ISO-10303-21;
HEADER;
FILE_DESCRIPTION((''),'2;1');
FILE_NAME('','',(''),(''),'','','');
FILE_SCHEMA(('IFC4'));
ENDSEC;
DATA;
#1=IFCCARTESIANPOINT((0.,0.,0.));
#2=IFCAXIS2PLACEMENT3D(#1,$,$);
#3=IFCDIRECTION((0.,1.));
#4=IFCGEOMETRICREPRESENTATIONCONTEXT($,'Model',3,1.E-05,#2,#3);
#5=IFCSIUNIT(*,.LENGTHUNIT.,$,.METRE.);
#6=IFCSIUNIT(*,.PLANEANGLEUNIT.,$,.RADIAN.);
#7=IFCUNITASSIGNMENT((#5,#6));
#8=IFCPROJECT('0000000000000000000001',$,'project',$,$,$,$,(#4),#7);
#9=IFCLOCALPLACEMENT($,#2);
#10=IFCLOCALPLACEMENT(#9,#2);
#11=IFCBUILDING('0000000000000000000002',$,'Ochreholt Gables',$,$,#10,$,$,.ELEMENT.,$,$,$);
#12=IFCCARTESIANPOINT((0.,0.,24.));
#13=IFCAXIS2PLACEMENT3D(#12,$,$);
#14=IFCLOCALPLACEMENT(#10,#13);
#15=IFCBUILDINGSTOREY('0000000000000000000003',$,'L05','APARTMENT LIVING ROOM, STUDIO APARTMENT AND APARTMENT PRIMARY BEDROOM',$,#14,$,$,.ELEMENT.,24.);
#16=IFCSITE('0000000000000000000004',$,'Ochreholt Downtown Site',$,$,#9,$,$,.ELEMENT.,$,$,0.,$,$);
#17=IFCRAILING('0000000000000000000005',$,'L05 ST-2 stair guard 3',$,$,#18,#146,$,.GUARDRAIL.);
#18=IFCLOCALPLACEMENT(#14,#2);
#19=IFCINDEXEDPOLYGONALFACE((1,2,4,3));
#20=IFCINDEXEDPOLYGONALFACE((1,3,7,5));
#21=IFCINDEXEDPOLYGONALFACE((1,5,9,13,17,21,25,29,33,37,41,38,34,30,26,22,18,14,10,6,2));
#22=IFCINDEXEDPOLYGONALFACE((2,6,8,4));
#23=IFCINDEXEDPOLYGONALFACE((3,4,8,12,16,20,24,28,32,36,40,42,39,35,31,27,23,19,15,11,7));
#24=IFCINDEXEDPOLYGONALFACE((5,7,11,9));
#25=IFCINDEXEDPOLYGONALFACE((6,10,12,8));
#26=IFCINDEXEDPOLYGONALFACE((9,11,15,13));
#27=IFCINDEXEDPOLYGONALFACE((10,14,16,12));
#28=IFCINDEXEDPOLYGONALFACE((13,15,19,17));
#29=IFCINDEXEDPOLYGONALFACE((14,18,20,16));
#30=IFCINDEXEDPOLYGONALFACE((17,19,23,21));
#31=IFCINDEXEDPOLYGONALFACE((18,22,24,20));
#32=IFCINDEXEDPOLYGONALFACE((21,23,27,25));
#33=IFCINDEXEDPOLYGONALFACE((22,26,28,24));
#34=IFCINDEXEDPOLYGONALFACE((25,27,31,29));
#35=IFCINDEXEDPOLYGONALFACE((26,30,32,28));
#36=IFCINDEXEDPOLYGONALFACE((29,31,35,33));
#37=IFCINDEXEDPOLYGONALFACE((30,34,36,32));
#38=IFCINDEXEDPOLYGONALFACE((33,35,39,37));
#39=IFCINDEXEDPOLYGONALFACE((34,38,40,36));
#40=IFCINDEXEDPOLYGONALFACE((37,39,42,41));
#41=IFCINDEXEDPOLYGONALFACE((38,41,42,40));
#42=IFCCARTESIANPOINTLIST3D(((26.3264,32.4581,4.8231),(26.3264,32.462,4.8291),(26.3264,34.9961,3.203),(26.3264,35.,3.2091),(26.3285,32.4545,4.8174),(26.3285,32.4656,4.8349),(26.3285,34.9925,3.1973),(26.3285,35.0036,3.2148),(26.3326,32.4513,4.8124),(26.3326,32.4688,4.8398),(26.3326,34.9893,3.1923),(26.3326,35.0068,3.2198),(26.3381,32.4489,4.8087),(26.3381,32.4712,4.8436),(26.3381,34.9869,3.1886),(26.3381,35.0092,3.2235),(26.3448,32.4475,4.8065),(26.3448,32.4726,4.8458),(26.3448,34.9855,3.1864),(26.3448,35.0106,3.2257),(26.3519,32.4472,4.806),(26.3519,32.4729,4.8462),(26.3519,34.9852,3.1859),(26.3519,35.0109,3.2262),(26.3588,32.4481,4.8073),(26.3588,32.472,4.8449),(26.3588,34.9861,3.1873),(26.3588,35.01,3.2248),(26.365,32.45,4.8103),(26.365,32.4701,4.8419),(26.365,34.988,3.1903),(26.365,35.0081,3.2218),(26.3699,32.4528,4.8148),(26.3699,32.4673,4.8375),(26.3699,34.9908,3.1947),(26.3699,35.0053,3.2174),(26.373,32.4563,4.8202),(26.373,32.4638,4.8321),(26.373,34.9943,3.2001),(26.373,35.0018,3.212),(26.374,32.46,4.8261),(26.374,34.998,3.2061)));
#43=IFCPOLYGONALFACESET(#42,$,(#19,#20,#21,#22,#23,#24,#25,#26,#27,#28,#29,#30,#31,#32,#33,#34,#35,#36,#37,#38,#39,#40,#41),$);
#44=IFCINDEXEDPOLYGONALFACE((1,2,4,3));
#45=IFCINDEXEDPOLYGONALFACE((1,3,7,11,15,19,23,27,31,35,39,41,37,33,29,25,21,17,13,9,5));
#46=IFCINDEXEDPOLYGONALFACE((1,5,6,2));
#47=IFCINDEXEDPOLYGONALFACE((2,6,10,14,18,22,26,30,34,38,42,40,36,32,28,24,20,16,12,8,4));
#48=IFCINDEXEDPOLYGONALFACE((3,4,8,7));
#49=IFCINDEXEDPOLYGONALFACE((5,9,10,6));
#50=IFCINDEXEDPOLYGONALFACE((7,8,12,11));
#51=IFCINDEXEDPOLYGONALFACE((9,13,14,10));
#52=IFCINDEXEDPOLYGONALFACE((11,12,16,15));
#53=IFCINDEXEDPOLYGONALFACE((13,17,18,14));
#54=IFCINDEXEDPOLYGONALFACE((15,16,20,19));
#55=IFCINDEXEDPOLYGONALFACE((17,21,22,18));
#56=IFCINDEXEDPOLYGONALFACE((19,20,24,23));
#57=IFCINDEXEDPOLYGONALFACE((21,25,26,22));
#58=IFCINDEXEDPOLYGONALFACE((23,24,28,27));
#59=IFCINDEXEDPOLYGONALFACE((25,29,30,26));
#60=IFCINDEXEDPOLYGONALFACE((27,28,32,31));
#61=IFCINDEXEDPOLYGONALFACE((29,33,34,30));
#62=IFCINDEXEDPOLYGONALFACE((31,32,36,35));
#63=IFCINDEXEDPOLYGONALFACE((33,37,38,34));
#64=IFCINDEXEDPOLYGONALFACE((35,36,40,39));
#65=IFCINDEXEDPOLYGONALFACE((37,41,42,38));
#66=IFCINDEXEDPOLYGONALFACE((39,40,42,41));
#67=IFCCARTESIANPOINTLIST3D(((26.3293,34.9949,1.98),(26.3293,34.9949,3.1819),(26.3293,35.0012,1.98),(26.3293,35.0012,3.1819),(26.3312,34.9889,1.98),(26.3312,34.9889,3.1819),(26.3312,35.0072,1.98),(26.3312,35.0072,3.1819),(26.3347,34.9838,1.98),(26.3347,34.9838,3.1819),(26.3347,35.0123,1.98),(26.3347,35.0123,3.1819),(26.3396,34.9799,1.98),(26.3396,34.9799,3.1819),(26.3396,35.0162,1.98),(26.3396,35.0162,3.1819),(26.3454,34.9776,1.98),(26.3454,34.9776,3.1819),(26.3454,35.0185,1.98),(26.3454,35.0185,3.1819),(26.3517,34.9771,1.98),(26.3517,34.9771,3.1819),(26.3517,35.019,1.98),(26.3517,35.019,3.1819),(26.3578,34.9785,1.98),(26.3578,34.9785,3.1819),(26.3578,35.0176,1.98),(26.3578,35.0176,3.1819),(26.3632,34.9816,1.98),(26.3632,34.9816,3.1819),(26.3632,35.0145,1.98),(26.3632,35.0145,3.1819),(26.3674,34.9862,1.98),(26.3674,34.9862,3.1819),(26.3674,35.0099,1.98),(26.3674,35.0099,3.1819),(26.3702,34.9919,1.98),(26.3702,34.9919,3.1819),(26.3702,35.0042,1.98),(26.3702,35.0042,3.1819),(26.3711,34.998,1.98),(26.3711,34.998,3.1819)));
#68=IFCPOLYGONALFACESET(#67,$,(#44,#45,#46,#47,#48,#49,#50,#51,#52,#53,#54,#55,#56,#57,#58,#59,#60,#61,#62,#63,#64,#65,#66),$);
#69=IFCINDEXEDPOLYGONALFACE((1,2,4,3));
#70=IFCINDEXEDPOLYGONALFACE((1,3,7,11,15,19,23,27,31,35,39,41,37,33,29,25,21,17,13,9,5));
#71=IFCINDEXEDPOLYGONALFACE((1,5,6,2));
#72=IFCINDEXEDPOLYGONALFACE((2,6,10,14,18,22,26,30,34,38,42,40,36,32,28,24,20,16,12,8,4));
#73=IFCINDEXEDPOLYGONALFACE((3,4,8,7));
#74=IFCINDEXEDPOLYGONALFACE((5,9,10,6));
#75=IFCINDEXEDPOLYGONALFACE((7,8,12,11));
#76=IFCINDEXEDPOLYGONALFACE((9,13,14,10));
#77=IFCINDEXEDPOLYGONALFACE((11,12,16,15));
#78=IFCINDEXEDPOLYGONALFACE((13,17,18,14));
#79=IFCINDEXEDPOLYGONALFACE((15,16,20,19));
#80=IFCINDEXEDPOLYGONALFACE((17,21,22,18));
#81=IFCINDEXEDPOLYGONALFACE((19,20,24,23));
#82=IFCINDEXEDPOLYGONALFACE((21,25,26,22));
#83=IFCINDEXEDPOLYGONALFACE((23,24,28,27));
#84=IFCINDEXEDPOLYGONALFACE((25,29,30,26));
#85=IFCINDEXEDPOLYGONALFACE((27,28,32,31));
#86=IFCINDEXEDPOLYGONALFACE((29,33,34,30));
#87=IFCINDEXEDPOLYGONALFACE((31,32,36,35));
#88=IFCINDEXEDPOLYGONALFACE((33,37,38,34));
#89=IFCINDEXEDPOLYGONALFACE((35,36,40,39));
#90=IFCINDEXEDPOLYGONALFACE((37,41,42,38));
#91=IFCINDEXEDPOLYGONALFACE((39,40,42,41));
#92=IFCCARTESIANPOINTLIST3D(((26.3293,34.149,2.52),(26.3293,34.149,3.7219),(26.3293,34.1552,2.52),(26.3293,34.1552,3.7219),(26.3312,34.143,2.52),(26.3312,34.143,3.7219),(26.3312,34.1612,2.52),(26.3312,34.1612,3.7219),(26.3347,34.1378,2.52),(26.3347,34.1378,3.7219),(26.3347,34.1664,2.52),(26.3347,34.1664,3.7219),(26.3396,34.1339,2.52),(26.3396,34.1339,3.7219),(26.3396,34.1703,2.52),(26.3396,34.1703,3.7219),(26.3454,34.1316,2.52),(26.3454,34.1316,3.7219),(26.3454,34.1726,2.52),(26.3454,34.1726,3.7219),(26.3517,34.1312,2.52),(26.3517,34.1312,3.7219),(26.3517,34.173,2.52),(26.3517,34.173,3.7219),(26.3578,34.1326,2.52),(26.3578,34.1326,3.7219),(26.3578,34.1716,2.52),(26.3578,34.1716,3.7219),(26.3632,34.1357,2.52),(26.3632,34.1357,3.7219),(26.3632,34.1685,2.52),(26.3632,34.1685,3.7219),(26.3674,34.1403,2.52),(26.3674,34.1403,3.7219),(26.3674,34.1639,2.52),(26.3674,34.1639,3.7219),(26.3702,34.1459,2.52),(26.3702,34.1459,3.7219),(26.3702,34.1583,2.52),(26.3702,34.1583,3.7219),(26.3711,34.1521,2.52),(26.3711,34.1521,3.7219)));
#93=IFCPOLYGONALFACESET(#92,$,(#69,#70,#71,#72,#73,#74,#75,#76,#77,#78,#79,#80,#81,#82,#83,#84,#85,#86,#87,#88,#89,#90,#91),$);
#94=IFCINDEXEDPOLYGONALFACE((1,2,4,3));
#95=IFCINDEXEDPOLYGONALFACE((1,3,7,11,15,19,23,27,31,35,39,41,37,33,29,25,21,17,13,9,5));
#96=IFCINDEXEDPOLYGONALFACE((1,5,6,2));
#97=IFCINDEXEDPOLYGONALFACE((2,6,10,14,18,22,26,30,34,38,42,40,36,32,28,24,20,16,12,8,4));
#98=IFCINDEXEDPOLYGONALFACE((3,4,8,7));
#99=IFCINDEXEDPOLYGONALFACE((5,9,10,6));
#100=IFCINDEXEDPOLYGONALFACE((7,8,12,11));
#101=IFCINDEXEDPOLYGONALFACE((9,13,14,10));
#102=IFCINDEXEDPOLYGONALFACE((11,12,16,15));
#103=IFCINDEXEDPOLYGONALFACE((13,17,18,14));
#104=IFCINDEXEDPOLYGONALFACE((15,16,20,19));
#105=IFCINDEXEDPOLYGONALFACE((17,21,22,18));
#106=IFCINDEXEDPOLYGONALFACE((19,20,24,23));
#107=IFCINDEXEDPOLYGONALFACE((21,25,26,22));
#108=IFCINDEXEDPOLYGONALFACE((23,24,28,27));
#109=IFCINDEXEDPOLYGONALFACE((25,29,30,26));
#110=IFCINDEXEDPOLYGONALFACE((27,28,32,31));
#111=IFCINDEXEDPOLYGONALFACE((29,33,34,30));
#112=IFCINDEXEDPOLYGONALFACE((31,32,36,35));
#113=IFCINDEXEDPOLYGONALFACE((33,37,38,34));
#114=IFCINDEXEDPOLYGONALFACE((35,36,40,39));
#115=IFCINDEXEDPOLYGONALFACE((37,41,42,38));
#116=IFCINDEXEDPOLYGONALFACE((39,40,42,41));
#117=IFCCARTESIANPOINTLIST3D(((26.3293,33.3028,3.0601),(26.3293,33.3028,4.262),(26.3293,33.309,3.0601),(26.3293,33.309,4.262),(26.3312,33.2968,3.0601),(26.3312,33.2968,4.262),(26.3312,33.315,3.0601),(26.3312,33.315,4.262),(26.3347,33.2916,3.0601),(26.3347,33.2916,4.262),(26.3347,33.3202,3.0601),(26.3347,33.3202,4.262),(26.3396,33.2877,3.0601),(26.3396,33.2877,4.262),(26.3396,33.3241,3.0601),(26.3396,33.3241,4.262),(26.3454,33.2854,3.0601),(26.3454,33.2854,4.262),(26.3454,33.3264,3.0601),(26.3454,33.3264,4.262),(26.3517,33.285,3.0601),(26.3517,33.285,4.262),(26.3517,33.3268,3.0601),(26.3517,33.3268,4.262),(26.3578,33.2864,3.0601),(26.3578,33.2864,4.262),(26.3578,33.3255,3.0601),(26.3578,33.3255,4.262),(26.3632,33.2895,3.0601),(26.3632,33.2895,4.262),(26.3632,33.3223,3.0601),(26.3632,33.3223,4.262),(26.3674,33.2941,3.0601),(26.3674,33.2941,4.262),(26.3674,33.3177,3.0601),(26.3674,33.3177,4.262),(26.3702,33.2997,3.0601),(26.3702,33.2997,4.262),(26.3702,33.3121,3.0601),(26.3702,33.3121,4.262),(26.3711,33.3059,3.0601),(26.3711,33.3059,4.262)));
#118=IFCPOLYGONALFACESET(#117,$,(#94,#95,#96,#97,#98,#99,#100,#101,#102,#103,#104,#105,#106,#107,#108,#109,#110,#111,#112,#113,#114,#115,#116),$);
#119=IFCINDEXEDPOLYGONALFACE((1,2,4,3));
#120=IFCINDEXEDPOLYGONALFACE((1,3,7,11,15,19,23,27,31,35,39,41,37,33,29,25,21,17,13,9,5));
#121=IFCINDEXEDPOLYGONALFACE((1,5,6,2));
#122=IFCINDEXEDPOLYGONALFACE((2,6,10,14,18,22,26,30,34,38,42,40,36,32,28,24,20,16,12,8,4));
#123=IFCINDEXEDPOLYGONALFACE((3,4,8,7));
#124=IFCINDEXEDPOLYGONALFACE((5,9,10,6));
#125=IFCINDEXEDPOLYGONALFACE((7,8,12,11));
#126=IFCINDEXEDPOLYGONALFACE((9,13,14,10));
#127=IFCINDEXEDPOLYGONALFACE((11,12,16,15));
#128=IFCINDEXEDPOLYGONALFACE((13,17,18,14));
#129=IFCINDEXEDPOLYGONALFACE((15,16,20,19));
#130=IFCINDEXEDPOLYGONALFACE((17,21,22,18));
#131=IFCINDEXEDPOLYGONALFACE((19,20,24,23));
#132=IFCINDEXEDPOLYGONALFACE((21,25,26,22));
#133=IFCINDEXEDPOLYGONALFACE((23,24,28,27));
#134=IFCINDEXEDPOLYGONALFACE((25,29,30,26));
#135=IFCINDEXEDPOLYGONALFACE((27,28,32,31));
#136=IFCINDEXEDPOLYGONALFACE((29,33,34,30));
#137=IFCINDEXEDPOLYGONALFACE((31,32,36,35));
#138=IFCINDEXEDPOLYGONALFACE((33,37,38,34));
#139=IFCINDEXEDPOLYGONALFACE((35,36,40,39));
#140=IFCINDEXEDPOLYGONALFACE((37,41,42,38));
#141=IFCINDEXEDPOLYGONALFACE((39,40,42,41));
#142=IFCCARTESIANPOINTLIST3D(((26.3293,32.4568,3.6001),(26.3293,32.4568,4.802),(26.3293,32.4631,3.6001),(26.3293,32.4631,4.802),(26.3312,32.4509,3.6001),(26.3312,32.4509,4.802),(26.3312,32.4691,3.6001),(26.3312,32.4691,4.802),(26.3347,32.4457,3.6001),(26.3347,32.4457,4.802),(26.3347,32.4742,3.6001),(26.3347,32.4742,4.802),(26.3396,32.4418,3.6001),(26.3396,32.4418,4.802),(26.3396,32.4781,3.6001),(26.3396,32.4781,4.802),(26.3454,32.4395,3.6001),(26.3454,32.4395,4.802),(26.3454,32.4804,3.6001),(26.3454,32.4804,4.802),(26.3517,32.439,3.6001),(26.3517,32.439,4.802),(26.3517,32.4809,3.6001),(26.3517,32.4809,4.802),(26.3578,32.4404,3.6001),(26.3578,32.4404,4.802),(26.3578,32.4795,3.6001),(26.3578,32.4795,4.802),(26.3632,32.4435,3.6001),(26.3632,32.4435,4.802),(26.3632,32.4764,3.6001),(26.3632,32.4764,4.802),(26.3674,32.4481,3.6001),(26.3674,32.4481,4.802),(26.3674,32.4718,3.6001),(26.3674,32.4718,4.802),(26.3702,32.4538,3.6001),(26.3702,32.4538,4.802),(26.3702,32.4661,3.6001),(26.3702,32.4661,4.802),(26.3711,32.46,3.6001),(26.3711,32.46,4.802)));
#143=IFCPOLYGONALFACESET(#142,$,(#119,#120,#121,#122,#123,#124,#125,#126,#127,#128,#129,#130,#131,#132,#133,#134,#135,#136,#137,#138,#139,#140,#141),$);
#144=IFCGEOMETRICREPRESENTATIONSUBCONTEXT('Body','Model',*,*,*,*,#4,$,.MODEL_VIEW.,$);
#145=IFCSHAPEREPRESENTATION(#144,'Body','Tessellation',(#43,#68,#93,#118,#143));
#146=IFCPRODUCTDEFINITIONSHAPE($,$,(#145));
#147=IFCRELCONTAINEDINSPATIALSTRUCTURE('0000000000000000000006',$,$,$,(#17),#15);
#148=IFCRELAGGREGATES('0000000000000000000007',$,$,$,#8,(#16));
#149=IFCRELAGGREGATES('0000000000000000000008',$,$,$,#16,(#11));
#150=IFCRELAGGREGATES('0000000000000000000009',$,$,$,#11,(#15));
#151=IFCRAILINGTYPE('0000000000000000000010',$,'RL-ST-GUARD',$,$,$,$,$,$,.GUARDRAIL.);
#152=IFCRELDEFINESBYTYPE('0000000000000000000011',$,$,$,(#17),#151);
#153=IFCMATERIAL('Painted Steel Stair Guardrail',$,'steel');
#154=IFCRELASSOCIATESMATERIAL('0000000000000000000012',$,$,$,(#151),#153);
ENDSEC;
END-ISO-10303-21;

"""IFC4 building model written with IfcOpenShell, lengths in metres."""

from ifc_helpers import new_model, si_unit, direction, frame, origin, origin_2d, place, context, subcontext, project, spatial, circle, extrude, material, type_object, element, save


model = new_model("IFC4")

# Units and contexts
model_context = context("Model", 3, precision=1e-05, world=origin(), true_north=direction((0.0, 1.0)))
body_context = subcontext(model_context, "Body", "Model", "MODEL_VIEW")
ifc_project = project(units=[si_unit("LENGTHUNIT", "METRE"), si_unit("PLANEANGLEUNIT", "RADIAN")], contexts=[model_context])

# Site, building, storey
site_placement = place(None, origin())
site = spatial("IfcSite", under=ifc_project, at=site_placement, Name="Ochreholt Downtown Site", CompositionType="ELEMENT", RefElevation=0.0)
building_placement = place(site_placement, origin())
building = spatial("IfcBuilding", under=site, at=building_placement, Name="Ochreholt Gables", CompositionType="ELEMENT")
storey_placement = place(building_placement, frame((0.0, 0.0, 24.0)))
storey = spatial("IfcBuildingStorey", under=building, at=storey_placement, Name="L05", Description="APARTMENT LIVING ROOM, STUDIO APARTMENT AND APARTMENT PRIMARY BEDROOM", CompositionType="ELEMENT", Elevation=24.0)

# Railing
ifc_material_1 = material(Name="Painted Steel Stair Guardrail", Category="steel")
railing_type_1 = type_object("IfcRailingType", Name="RL-ST-GUARD", PredefinedType="GUARDRAIL", material=ifc_material_1)
railing_1_placement = place(storey_placement, frame((26.3501, 34.998, 1.98)))
element("IfcRailing", 1, at=railing_1_placement, inside=storey, type_object=railing_type_1, Name="L05 ST-2 stair guard 3", PredefinedType="GUARDRAIL", context=body_context, shape_type="SweptSolid", body=[
    extrude(circle(Radius=0.0239, at=origin_2d()), frame((0.0, 0.0, 1.2261), z_axis=(0.0, -0.842913, 0.53805), x_axis=(1.0, 0.0, 0.0)), (0.0, 0.0, 1.0), 3.011),
    extrude(circle(Radius=0.021, at=origin_2d()), origin(), (0.0, 0.0, 1.0), 1.2019),
    extrude(circle(Radius=0.021, at=origin_2d()), frame((0.0, -0.8459, 0.54)), (0.0, 0.0, 1.0), 1.2019),
    extrude(circle(Radius=0.021, at=origin_2d()), frame((0.0, -1.6921, 1.0801)), (0.0, 0.0, 1.0), 1.2019),
    extrude(circle(Radius=0.021, at=origin_2d()), frame((0.0, -2.5381, 1.6201)), (0.0, 0.0, 1.0), 1.2019),
])

save(model, "model.ifc")
